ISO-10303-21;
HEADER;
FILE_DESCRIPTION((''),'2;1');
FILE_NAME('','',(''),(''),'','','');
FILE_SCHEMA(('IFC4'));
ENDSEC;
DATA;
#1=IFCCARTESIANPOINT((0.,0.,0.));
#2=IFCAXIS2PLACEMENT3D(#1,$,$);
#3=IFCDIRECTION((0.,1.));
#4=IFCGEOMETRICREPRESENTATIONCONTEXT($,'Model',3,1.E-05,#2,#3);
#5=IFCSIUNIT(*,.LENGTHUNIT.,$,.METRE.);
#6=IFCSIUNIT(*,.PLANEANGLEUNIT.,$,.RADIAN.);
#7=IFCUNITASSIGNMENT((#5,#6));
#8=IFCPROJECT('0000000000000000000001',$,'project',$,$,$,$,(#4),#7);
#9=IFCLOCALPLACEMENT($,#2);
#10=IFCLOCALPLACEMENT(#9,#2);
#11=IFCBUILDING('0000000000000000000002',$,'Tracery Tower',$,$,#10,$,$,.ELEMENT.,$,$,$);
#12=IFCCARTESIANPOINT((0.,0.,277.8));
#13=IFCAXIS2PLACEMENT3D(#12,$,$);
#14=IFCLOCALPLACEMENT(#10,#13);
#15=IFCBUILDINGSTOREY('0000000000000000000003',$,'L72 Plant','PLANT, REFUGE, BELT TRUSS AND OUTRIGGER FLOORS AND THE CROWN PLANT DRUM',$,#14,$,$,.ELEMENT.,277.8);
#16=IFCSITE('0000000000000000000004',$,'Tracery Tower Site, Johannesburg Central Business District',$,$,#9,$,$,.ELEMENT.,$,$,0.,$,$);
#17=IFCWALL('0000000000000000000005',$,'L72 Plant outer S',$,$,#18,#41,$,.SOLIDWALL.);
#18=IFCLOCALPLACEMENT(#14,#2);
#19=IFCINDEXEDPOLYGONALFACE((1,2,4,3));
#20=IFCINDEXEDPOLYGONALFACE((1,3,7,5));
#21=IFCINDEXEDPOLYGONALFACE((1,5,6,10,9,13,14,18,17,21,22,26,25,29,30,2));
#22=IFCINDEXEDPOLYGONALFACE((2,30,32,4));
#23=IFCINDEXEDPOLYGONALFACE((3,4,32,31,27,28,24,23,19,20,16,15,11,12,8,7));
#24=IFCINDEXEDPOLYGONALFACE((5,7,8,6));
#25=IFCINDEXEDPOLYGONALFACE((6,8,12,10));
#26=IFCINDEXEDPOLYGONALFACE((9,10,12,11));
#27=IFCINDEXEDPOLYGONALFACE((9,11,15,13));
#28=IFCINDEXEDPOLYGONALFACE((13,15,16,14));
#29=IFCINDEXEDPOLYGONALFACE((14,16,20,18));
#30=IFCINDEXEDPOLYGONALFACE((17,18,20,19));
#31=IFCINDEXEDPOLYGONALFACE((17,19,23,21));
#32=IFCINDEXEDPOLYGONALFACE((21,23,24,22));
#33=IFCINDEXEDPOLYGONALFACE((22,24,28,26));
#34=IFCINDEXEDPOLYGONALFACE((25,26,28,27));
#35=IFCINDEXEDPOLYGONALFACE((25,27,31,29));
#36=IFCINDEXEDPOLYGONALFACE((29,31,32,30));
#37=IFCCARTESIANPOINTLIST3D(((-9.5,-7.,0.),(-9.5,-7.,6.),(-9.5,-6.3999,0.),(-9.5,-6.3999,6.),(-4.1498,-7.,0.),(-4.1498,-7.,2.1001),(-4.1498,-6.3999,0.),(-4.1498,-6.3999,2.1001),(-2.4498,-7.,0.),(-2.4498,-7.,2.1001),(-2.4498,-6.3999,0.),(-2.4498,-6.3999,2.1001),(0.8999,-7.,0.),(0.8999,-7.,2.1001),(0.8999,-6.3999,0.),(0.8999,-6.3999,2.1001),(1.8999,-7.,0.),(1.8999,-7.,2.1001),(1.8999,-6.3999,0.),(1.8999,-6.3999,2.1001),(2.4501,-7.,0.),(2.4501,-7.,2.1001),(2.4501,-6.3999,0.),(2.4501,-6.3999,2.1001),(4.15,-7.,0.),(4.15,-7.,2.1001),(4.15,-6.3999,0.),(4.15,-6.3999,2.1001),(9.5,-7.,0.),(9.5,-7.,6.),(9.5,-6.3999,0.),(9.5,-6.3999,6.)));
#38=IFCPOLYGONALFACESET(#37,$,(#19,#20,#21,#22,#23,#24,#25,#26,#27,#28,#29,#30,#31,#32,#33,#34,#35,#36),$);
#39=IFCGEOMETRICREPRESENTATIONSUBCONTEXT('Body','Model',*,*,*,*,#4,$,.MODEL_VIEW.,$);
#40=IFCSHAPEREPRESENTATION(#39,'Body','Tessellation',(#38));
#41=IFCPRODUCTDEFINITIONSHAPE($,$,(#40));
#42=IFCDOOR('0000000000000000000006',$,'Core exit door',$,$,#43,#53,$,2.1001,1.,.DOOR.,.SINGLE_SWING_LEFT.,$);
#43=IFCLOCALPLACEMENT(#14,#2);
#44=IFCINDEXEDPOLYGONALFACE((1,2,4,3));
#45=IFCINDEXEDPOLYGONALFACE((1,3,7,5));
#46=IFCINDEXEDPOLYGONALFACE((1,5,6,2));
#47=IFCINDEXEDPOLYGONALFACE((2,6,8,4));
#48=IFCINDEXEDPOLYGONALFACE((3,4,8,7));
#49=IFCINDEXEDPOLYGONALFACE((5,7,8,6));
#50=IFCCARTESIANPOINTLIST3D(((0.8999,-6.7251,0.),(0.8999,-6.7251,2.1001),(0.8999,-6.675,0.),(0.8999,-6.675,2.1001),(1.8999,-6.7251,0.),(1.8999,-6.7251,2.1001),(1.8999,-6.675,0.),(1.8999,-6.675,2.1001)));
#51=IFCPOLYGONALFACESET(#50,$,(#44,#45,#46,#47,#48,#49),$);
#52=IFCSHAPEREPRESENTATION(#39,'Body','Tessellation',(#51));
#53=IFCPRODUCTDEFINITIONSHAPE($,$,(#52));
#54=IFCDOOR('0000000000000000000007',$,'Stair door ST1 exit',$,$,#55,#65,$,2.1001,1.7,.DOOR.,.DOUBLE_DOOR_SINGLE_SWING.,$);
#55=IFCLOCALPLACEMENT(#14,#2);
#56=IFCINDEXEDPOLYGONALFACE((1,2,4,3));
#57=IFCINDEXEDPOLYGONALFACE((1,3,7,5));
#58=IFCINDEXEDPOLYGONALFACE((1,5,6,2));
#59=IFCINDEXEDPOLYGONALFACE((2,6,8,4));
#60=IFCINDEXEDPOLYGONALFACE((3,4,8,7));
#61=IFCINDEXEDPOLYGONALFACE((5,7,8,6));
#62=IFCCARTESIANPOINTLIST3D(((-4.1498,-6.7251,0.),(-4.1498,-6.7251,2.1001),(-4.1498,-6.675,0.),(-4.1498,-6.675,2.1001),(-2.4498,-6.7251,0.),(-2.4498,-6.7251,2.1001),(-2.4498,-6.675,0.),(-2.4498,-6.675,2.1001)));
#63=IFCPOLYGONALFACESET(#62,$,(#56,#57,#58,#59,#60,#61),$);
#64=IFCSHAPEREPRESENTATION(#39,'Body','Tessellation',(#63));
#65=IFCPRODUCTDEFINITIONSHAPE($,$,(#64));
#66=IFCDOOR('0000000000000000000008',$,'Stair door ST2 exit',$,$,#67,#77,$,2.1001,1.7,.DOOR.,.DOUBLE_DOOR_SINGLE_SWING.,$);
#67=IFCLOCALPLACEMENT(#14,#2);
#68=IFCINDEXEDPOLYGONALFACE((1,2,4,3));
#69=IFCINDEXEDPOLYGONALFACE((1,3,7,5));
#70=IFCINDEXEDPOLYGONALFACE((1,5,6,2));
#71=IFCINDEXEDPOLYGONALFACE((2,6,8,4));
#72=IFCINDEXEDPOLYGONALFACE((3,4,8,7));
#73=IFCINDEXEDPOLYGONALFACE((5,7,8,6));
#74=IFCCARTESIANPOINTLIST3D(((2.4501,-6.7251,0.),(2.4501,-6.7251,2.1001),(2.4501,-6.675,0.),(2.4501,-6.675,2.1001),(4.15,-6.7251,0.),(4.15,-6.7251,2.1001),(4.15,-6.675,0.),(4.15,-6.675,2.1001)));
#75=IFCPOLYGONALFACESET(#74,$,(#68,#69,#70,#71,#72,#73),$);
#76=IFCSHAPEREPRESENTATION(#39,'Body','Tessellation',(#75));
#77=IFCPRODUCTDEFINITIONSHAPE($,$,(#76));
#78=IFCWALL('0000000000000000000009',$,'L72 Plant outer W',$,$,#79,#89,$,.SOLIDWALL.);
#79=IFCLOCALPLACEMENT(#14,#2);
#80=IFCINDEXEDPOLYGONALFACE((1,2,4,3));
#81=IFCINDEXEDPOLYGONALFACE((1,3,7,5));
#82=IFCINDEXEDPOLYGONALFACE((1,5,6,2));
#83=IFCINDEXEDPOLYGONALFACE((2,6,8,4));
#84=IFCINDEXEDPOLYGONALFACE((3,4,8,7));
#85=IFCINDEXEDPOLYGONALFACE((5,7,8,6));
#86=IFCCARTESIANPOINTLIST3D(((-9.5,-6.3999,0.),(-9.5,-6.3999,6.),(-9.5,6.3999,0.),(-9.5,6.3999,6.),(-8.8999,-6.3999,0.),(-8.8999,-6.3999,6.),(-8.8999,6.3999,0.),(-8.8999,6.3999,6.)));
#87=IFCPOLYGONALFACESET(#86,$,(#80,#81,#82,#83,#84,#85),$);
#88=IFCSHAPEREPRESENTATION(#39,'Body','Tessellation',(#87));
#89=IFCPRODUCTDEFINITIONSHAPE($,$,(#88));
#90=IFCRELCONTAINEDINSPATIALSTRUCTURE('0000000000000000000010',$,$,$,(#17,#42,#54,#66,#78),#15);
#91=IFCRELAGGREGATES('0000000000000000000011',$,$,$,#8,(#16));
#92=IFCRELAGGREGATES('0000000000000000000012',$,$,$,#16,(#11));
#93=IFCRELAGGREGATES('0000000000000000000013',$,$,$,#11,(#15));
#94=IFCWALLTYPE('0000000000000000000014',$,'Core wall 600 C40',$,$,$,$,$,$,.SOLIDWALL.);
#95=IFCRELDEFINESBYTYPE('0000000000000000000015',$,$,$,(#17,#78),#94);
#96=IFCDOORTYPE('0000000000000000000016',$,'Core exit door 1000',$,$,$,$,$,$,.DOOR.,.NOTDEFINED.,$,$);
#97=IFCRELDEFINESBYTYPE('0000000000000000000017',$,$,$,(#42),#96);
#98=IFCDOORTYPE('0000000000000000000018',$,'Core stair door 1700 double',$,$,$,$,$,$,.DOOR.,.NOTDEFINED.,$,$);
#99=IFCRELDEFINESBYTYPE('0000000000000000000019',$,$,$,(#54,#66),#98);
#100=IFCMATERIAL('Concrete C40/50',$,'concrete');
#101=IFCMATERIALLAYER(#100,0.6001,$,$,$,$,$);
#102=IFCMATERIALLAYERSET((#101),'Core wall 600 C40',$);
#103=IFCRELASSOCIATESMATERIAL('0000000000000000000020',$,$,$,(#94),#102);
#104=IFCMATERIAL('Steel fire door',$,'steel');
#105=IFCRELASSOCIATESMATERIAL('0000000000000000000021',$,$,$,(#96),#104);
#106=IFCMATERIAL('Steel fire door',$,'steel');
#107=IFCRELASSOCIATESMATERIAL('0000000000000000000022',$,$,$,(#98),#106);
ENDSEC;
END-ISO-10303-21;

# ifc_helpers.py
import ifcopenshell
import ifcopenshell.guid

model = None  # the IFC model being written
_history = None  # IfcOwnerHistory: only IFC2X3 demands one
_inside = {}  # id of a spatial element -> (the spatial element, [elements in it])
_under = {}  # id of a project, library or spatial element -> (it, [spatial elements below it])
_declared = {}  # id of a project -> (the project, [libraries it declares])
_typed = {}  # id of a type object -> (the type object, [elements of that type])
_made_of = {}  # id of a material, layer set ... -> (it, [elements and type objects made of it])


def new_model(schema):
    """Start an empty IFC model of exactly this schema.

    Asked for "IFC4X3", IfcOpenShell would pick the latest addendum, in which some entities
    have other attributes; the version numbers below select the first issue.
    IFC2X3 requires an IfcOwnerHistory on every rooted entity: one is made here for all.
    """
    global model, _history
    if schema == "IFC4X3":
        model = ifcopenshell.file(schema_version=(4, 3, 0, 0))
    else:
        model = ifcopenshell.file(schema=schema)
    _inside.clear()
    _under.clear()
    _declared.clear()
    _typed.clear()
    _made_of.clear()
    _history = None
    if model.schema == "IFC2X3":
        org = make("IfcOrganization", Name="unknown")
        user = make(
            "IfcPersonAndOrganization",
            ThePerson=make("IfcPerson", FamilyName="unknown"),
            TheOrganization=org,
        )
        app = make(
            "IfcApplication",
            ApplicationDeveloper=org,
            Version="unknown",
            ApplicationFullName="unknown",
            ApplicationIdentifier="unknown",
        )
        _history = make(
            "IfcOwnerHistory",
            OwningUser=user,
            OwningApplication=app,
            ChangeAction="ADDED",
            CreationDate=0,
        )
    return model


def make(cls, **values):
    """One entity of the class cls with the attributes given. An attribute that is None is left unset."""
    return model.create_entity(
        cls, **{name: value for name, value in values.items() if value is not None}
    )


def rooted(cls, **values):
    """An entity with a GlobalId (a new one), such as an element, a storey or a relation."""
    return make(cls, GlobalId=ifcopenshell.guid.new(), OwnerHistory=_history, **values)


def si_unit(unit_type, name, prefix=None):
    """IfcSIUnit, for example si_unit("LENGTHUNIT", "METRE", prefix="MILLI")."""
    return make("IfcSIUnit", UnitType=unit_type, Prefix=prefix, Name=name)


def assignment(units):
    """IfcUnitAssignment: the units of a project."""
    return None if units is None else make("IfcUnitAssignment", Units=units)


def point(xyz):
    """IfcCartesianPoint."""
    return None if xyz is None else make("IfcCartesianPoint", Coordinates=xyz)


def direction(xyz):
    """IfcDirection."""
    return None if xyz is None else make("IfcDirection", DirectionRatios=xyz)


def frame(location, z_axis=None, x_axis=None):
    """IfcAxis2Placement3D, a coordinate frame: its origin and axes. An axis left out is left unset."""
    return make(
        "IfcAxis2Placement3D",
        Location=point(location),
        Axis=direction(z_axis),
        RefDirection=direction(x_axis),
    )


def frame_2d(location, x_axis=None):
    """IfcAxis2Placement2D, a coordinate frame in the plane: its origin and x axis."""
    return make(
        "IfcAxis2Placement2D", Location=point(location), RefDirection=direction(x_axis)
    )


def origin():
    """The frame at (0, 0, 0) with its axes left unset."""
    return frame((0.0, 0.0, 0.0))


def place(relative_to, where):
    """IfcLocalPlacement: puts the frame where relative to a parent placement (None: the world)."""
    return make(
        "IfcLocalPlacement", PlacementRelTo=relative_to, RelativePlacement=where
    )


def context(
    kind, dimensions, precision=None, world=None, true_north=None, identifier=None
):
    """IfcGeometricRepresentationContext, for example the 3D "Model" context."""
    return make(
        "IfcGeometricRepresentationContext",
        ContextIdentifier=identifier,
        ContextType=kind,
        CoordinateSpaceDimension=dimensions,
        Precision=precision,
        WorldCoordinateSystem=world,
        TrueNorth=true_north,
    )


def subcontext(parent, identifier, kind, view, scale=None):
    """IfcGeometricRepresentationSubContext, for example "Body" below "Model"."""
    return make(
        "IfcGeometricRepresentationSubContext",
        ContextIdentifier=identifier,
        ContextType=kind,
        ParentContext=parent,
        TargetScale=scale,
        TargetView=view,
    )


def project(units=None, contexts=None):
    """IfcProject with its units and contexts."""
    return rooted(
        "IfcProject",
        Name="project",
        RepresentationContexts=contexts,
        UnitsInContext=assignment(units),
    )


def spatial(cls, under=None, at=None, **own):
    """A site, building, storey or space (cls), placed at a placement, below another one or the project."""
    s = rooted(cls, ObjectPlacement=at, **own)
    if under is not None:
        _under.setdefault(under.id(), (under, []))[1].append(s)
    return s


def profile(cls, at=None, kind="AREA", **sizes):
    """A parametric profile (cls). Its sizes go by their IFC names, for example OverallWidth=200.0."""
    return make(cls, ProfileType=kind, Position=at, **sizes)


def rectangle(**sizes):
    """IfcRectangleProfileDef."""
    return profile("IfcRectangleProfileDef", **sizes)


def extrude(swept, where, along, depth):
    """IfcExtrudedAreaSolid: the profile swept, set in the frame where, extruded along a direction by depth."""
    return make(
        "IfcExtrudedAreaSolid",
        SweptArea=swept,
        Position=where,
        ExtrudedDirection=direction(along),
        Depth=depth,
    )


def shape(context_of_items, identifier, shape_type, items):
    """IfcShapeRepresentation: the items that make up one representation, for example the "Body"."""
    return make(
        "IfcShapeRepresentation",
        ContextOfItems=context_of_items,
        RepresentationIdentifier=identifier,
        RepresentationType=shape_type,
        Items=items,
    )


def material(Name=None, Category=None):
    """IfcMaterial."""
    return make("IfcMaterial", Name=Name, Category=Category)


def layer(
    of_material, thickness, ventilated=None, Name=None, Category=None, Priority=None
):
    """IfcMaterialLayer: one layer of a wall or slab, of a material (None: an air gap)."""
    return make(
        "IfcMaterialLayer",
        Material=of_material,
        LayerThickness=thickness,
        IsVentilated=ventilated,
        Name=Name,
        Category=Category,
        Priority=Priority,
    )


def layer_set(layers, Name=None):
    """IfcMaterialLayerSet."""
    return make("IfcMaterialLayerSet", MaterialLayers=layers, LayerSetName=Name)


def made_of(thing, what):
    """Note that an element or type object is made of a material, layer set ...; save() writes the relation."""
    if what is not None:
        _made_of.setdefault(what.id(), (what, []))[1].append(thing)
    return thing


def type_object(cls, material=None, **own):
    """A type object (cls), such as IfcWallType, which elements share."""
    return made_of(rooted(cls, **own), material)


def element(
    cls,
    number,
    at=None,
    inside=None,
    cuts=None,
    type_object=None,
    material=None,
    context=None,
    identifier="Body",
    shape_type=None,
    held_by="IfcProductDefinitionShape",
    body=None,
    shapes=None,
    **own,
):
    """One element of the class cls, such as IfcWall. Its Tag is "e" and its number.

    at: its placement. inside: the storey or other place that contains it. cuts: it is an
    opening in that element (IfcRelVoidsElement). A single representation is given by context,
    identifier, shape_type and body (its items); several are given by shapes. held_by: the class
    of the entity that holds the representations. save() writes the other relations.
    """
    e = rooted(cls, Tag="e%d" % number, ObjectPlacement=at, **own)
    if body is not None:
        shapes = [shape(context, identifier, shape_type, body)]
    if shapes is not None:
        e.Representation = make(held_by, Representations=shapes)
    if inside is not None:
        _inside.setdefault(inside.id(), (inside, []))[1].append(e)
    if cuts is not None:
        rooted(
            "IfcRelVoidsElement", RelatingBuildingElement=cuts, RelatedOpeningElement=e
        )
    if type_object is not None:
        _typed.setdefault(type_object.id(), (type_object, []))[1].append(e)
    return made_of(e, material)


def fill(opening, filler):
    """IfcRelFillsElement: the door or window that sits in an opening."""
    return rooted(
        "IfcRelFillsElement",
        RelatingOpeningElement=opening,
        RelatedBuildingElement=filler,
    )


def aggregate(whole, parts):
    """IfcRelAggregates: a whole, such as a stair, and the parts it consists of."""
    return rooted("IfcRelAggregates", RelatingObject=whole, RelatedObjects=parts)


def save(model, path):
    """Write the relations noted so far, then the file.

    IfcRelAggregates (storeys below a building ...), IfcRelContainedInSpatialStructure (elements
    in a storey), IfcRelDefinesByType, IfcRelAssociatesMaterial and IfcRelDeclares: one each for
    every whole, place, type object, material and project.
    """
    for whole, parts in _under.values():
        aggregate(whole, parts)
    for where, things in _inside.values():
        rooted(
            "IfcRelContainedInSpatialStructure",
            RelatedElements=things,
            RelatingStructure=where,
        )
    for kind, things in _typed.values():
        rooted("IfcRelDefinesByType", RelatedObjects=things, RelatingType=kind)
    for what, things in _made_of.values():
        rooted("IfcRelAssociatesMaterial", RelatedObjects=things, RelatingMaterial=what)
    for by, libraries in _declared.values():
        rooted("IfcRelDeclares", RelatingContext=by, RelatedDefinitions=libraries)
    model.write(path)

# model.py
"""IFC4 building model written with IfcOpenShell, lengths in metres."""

from ifc_helpers import new_model, si_unit, direction, frame, frame_2d, origin, place, context, subcontext, project, spatial, rectangle, extrude, material, layer, layer_set, type_object, element, fill, save


model = new_model("IFC4")

# Units and contexts
model_context = context("Model", 3, precision=1e-05, world=origin(), true_north=direction((0.0, 1.0)))
body_context = subcontext(model_context, "Body", "Model", "MODEL_VIEW")
ifc_project = project(units=[si_unit("LENGTHUNIT", "METRE"), si_unit("PLANEANGLEUNIT", "RADIAN")], contexts=[model_context])

# Site, building, storey
site_placement = place(None, origin())
site = spatial("IfcSite", under=ifc_project, at=site_placement, Name="Tracery Tower Site, Johannesburg Central Business District", CompositionType="ELEMENT", RefElevation=0.0)
building_placement = place(site_placement, origin())
building = spatial("IfcBuilding", under=site, at=building_placement, Name="Tracery Tower", CompositionType="ELEMENT")
storey_placement = place(building_placement, frame((0.0, 0.0, 277.8)))
storey = spatial("IfcBuildingStorey", under=building, at=storey_placement, Name="L72 Plant", Description="PLANT, REFUGE, BELT TRUSS AND OUTRIGGER FLOORS AND THE CROWN PLANT DRUM", CompositionType="ELEMENT", Elevation=277.8)

# Wall, openings, doors
ifc_material_1 = material(Name="Concrete C40/50", Category="concrete")
ifc_layer_1 = layer(ifc_material_1, 0.6001)
ifc_layer_set_1 = layer_set([ifc_layer_1], Name="Core wall 600 C40")
wall_type_1 = type_object("IfcWallType", Name="Core wall 600 C40", PredefinedType="SOLIDWALL", material=ifc_layer_set_1)
wall_1_placement = place(storey_placement, frame((-9.5, -6.7, 0.0), z_axis=(0.0, 0.0, 1.0), x_axis=(1.0, 0.0, 0.0)))
wall_1 = element("IfcWall", 1, at=wall_1_placement, inside=storey, type_object=wall_type_1, Name="L72 Plant outer S", PredefinedType="SOLIDWALL", context=body_context, shape_type="SweptSolid", body=[
    extrude(rectangle(XDim=19.0, YDim=0.6001, at=frame_2d((9.5, 0.0))), origin(), (0.0, 0.0, 1.0), 6.0),
])
opening_1_placement = place(wall_1_placement, frame((10.3999, 0.0, 0.0)))
opening_1 = element("IfcOpeningElement", 2, at=opening_1_placement, cuts=wall_1, PredefinedType="OPENING", context=body_context, shape_type="SweptSolid", body=[
    extrude(rectangle(XDim=1.0, YDim=2.1001, at=frame_2d((0.5, 1.05))), frame((0.0, 0.3, 0.0), z_axis=(0.0, -1.0, 0.0), x_axis=(1.0, 0.0, 0.0)), (0.0, 0.0, 1.0), 0.6001),
])
opening_2_placement = place(wall_1_placement, frame((5.3501, 0.0, 0.0)))
opening_2 = element("IfcOpeningElement", 3, at=opening_2_placement, cuts=wall_1, PredefinedType="OPENING", context=body_context, shape_type="SweptSolid", body=[
    extrude(rectangle(XDim=1.7, YDim=2.1001, at=frame_2d((0.8501, 1.05))), frame((0.0, 0.3, 0.0), z_axis=(0.0, -1.0, 0.0), x_axis=(1.0, 0.0, 0.0)), (0.0, 0.0, 1.0), 0.6001),
])
opening_3_placement = place(wall_1_placement, frame((11.95, 0.0, 0.0)))
opening_3 = element("IfcOpeningElement", 4, at=opening_3_placement, cuts=wall_1, PredefinedType="OPENING", context=body_context, shape_type="SweptSolid", body=[
    extrude(rectangle(XDim=1.7, YDim=2.1001, at=frame_2d((0.8501, 1.05))), frame((0.0, 0.3, 0.0), z_axis=(0.0, -1.0, 0.0), x_axis=(1.0, 0.0, 0.0)), (0.0, 0.0, 1.0), 0.6001),
])
ifc_material_2 = material(Name="Steel fire door", Category="steel")
door_type_1 = type_object("IfcDoorType", Name="Core exit door 1000", OperationType="NOTDEFINED", PredefinedType="DOOR", material=ifc_material_2)
door_1_placement = place(opening_1_placement, origin())
door_1 = element("IfcDoor", 5, at=door_1_placement, inside=storey, type_object=door_type_1, Name="Core exit door", OperationType="SINGLE_SWING_LEFT", OverallHeight=2.1001, OverallWidth=1.0, PredefinedType="DOOR", context=body_context, shape_type="SweptSolid", body=[
    extrude(rectangle(XDim=1.0, YDim=2.1001, at=frame_2d((0.5, 1.05))), frame((0.0, 0.0249, 0.0), z_axis=(0.0, -1.0, 0.0), x_axis=(1.0, 0.0, 0.0)), (0.0, 0.0, 1.0), 0.05),
])
fill(opening_1, door_1)
ifc_material_3 = material(Name="Steel fire door", Category="steel")
door_type_2 = type_object("IfcDoorType", Name="Core stair door 1700 double", OperationType="NOTDEFINED", PredefinedType="DOOR", material=ifc_material_3)
door_2_placement = place(opening_2_placement, origin())
door_2 = element("IfcDoor", 6, at=door_2_placement, inside=storey, type_object=door_type_2, Name="Stair door ST1 exit", OperationType="DOUBLE_DOOR_SINGLE_SWING", OverallHeight=2.1001, OverallWidth=1.7, PredefinedType="DOOR", context=body_context, shape_type="SweptSolid", body=[
    extrude(rectangle(XDim=1.7, YDim=2.1001, at=frame_2d((0.8501, 1.05))), frame((0.0, 0.0249, 0.0), z_axis=(0.0, -1.0, 0.0), x_axis=(1.0, 0.0, 0.0)), (0.0, 0.0, 1.0), 0.05),
])
fill(opening_2, door_2)
door_3_placement = place(opening_3_placement, origin())
door_3 = element("IfcDoor", 7, at=door_3_placement, inside=storey, type_object=door_type_2, Name="Stair door ST2 exit", OperationType="DOUBLE_DOOR_SINGLE_SWING", OverallHeight=2.1001, OverallWidth=1.7, PredefinedType="DOOR", context=body_context, shape_type="SweptSolid", body=[
    extrude(rectangle(XDim=1.7, YDim=2.1001, at=frame_2d((0.8501, 1.05))), frame((0.0, 0.0249, 0.0), z_axis=(0.0, -1.0, 0.0), x_axis=(1.0, 0.0, 0.0)), (0.0, 0.0, 1.0), 0.05),
])
fill(opening_3, door_3)

# Wall
wall_2_placement = place(storey_placement, frame((-9.2, -6.3999, 0.0), z_axis=(0.0, 0.0, 1.0), x_axis=(0.0, 1.0, 0.0)))
element("IfcWall", 8, at=wall_2_placement, inside=storey, type_object=wall_type_1, Name="L72 Plant outer W", PredefinedType="SOLIDWALL", context=body_context, shape_type="SweptSolid", body=[
    extrude(rectangle(XDim=12.7998, YDim=0.6001, at=frame_2d((6.3999, 0.0))), origin(), (0.0, 0.0, 1.0), 6.0),
])

save(model, "model.ifc")
